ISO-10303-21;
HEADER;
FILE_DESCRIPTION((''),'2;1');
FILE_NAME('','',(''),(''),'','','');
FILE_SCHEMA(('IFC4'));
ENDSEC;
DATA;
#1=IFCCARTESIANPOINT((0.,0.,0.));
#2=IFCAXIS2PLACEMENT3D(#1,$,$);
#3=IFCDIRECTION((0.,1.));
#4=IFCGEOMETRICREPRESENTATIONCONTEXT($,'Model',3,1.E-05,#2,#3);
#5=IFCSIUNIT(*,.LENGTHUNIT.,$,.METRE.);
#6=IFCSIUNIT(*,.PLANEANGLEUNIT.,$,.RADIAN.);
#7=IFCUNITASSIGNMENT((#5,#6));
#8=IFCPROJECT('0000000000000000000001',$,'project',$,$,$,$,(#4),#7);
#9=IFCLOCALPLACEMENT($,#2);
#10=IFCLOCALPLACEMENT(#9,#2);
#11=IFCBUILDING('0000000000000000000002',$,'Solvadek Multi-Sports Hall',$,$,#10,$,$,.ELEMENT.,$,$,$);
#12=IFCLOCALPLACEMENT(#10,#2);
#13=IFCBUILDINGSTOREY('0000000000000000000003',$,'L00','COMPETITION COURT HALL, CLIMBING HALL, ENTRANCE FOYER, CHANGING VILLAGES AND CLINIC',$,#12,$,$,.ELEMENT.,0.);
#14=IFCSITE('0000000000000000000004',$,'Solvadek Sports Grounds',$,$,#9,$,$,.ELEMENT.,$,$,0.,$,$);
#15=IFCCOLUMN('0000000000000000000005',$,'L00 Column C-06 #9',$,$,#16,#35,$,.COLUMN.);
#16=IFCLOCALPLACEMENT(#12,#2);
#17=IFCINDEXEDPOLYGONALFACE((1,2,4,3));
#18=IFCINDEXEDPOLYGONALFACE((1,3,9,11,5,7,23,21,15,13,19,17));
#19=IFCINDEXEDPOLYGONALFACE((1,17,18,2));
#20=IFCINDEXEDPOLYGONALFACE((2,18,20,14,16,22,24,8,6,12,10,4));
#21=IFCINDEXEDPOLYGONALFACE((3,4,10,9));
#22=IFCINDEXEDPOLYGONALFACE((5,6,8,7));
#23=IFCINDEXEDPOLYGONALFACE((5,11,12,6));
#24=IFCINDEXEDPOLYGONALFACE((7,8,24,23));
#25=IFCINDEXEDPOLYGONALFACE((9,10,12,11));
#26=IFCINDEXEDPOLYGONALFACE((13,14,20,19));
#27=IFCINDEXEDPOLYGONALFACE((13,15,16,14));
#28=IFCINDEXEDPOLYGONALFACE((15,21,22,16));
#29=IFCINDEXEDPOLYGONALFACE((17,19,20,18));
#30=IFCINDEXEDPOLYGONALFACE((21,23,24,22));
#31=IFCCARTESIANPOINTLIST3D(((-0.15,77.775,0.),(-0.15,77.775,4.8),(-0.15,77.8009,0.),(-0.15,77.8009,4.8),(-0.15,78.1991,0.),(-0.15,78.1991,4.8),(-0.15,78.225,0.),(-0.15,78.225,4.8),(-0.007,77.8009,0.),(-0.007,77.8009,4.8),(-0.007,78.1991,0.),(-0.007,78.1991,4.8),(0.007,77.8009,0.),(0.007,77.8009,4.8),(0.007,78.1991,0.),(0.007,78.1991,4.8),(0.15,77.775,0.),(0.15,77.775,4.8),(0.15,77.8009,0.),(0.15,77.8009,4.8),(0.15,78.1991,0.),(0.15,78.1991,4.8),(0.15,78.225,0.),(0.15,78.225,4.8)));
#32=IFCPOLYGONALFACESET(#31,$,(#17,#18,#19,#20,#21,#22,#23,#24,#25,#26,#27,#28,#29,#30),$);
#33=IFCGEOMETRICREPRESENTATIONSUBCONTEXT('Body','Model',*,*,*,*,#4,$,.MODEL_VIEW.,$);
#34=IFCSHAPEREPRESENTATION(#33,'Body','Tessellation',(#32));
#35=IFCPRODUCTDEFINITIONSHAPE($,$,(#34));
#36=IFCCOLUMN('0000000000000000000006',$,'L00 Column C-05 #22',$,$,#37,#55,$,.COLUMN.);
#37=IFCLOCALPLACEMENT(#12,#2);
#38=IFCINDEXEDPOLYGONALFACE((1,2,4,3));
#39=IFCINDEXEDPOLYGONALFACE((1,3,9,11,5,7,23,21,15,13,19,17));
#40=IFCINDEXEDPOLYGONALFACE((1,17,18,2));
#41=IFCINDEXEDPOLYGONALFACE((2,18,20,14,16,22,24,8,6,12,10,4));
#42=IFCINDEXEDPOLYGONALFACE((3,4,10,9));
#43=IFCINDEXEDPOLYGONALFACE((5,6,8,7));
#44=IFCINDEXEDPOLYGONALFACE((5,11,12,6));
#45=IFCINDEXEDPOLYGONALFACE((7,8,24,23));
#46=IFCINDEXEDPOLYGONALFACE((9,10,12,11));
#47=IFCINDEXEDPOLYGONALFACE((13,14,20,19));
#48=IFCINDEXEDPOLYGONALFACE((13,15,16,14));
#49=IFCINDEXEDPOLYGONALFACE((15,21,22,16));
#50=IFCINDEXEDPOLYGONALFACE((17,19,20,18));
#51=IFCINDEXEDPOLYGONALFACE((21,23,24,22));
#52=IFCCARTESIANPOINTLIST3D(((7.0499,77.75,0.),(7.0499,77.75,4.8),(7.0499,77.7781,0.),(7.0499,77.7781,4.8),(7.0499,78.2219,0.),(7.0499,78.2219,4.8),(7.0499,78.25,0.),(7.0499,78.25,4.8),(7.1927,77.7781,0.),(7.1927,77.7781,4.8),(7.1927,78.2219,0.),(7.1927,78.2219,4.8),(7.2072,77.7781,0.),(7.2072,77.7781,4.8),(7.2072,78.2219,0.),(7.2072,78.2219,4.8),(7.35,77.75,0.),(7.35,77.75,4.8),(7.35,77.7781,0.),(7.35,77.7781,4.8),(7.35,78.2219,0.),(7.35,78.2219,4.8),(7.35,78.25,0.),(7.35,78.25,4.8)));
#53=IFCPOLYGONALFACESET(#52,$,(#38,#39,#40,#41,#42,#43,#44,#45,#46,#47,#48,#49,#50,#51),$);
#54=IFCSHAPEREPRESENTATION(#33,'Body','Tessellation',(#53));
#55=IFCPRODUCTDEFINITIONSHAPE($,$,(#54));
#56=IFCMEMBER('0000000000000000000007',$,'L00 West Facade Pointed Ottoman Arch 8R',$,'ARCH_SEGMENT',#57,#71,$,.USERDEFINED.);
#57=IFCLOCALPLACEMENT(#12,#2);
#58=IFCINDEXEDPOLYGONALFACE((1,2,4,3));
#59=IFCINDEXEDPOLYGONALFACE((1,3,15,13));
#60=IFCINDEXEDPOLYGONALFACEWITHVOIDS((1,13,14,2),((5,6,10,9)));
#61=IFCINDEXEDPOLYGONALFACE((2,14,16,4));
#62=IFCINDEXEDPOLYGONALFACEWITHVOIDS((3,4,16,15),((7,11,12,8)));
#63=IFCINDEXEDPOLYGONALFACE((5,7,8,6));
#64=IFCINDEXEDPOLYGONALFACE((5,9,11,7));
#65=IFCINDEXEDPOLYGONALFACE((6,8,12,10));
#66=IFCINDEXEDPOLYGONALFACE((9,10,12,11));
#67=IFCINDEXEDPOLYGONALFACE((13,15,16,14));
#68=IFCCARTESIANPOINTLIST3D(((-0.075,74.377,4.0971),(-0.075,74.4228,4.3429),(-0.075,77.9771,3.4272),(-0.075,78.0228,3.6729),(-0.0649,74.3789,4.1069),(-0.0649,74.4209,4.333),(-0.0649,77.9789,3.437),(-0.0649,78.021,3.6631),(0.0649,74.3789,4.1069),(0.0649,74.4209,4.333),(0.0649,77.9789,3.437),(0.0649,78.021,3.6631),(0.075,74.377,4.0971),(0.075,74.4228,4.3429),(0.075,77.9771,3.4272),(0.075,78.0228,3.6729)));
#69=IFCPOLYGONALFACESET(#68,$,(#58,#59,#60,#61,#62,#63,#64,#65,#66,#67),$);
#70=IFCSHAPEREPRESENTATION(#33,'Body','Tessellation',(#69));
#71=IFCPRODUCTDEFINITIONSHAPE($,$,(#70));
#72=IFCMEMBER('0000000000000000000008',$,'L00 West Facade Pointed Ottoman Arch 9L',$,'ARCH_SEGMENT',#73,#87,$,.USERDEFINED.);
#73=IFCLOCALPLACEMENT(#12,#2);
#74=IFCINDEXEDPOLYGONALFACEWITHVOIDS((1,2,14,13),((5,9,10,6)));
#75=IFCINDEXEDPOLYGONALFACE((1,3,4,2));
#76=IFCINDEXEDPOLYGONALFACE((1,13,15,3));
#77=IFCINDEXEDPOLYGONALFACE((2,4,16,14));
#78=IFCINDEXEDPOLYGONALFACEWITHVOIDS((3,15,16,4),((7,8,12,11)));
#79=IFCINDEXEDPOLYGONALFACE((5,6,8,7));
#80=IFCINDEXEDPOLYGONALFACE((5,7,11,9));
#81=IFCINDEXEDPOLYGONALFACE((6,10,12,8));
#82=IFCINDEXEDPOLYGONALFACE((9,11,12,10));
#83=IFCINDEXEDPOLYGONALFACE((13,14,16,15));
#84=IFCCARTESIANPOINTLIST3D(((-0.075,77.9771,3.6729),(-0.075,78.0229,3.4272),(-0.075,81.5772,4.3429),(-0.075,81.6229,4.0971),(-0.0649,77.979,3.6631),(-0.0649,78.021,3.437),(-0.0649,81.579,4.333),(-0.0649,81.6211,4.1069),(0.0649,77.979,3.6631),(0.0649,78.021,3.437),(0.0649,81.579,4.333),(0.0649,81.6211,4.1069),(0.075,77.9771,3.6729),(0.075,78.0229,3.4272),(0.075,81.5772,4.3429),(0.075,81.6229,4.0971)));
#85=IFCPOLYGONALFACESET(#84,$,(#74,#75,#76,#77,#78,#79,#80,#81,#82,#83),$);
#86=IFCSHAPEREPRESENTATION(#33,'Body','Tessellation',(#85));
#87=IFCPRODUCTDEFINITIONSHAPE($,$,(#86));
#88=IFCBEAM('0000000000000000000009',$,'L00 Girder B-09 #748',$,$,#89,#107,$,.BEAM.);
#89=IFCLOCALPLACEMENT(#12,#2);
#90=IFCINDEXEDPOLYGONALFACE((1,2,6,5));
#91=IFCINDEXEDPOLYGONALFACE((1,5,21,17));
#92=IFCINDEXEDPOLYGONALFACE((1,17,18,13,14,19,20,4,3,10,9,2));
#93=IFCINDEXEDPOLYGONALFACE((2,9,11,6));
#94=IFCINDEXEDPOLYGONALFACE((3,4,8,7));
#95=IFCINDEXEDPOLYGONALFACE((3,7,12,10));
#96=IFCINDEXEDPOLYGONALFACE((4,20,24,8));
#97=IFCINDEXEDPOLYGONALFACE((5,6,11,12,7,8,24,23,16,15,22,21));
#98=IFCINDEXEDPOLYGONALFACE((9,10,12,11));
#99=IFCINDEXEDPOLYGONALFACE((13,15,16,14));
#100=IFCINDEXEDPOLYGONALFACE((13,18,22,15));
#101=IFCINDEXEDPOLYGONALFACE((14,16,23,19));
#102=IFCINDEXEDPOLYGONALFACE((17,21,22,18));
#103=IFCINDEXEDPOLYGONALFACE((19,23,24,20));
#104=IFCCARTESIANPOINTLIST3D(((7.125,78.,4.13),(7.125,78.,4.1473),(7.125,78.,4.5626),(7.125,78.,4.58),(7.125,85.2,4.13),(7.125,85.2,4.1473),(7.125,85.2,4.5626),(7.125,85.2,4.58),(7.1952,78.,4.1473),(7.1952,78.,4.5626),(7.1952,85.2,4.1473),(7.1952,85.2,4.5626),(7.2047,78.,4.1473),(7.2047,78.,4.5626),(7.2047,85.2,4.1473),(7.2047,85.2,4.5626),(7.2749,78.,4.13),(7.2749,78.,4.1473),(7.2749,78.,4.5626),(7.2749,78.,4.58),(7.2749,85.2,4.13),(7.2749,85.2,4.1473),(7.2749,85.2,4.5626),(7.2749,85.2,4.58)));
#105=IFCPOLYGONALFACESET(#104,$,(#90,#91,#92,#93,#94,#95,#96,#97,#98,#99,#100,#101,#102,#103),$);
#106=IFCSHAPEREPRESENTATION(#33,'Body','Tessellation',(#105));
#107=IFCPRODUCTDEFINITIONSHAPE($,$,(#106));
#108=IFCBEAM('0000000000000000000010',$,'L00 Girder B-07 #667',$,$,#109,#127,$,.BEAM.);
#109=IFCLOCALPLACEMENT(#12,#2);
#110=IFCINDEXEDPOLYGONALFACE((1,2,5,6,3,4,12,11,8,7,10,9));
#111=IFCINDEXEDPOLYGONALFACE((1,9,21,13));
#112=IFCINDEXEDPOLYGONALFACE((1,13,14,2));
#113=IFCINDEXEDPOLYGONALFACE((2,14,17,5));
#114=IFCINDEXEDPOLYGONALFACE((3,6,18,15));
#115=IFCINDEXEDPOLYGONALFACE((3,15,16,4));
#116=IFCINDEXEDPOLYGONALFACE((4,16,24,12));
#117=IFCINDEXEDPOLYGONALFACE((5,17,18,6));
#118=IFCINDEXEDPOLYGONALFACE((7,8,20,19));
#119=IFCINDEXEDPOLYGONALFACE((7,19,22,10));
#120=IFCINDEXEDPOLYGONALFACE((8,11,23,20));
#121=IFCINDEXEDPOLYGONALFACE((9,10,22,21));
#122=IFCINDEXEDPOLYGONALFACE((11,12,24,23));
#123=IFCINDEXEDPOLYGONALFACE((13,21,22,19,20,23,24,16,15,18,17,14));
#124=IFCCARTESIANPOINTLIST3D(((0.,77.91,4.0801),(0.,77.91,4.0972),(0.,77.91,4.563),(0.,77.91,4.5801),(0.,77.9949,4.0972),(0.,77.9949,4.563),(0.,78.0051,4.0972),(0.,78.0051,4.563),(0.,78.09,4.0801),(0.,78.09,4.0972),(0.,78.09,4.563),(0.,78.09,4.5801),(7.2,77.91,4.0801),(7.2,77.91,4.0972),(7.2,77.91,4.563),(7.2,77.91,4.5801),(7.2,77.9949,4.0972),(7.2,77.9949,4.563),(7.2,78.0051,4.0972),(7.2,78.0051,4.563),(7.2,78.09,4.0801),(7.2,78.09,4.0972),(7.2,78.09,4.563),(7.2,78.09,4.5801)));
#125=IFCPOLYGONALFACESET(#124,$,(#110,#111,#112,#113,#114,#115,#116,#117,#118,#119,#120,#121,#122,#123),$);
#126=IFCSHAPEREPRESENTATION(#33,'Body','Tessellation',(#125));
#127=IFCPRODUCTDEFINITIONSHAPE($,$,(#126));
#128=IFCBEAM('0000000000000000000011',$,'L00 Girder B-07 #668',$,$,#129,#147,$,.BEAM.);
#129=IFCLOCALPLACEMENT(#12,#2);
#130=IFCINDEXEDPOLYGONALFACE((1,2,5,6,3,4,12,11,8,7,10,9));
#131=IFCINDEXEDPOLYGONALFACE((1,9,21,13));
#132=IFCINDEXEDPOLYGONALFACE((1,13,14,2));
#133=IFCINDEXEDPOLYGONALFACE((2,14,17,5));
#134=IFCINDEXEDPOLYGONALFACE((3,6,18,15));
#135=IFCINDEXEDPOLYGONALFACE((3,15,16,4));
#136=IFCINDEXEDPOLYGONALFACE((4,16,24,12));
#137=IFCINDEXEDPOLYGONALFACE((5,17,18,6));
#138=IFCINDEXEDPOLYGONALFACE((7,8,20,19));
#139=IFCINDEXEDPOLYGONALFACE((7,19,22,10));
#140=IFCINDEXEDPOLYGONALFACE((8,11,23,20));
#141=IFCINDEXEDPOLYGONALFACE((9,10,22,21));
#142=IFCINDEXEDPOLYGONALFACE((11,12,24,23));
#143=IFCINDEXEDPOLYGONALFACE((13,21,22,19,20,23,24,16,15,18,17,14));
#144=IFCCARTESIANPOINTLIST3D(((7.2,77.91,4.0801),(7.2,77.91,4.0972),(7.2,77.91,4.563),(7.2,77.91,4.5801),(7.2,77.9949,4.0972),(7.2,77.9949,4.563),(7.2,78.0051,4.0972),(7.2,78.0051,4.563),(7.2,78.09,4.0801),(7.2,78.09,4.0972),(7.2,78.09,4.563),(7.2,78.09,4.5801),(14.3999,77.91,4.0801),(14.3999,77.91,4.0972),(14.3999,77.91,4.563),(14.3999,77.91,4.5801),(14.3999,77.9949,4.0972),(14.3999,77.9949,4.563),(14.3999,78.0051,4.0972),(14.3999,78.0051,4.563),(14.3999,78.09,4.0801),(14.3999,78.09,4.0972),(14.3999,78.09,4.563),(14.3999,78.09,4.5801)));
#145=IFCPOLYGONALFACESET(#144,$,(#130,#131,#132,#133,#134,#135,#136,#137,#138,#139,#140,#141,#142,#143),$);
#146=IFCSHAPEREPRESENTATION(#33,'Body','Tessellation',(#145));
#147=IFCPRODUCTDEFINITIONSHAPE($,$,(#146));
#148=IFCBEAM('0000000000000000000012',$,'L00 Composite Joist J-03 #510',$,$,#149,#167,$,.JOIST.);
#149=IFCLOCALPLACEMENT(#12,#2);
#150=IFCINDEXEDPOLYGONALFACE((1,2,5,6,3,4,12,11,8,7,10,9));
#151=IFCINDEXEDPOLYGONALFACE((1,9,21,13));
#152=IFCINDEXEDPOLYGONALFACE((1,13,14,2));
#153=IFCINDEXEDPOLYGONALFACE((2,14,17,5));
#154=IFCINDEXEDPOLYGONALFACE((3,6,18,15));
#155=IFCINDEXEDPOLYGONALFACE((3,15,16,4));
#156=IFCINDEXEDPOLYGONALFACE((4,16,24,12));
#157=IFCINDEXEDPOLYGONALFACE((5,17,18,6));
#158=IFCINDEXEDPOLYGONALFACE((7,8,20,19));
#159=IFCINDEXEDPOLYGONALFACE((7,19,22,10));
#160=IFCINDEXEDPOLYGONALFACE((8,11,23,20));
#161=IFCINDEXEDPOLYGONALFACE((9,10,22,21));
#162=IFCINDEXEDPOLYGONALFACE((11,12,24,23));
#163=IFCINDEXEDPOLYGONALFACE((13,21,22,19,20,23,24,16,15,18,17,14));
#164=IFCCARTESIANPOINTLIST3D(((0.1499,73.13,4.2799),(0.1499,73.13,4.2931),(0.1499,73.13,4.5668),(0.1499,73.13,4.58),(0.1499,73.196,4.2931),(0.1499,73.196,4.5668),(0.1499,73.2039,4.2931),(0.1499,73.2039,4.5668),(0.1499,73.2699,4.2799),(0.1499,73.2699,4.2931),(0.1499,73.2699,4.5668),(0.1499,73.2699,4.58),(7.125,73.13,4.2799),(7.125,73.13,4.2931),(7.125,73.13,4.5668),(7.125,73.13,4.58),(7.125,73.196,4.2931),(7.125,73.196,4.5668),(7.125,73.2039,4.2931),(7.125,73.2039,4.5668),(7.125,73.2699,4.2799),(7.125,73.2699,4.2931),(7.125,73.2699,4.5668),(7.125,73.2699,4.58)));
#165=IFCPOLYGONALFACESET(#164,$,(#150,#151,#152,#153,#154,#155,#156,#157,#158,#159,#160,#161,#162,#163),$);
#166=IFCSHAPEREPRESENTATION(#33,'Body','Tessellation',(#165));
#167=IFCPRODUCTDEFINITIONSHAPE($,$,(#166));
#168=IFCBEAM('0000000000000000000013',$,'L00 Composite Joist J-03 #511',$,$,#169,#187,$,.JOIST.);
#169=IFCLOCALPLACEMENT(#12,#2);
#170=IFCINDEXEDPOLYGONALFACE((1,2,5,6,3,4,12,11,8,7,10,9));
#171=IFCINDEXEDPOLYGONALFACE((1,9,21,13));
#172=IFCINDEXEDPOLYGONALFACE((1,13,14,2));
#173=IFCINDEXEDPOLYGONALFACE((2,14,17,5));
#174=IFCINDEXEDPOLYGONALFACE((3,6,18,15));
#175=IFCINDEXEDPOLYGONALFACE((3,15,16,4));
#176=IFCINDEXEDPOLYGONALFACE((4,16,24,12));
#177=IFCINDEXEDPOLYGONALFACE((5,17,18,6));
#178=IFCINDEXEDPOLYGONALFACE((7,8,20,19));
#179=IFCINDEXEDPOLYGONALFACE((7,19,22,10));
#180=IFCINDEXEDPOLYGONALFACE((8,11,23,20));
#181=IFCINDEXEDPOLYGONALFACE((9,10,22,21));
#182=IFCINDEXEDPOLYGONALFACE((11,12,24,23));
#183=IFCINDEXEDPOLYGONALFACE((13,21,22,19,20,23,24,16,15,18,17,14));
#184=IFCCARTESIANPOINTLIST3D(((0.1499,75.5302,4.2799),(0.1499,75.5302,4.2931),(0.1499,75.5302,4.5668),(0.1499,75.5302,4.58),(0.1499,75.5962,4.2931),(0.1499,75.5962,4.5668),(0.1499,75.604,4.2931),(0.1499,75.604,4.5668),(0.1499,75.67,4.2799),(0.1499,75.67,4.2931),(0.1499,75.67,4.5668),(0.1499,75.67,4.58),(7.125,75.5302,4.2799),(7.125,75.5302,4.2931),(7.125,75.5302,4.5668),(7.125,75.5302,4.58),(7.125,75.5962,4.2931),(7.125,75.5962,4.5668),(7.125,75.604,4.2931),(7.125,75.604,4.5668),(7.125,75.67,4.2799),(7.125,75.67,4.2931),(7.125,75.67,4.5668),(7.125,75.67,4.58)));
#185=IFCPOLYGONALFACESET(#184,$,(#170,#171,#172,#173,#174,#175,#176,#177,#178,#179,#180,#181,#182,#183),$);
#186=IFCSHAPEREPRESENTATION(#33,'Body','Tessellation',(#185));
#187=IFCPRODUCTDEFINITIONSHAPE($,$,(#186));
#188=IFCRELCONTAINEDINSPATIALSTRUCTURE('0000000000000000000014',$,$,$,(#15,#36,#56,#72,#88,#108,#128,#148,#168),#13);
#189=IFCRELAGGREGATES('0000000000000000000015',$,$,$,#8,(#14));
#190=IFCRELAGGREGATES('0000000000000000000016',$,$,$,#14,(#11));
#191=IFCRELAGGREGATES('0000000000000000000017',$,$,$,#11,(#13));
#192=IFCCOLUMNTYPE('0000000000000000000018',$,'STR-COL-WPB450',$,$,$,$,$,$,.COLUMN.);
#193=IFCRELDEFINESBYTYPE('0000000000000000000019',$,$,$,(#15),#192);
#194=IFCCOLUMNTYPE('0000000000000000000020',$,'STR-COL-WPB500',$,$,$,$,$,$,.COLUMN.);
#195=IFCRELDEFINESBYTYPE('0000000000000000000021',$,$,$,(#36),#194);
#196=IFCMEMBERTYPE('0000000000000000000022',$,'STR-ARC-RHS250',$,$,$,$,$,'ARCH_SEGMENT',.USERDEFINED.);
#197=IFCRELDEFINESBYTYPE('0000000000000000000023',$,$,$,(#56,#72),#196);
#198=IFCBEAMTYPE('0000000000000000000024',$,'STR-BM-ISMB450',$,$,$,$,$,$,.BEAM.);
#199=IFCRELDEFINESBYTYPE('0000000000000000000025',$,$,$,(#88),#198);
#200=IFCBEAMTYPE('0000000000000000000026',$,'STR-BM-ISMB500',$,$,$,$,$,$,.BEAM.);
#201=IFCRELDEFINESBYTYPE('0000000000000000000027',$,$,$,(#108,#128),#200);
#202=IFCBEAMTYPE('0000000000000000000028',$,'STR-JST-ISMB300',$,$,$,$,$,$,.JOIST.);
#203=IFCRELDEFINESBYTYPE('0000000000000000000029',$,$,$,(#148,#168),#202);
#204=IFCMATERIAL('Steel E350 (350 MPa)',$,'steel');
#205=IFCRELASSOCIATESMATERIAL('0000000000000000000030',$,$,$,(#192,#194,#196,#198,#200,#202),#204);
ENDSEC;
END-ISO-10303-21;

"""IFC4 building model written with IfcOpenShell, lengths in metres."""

from ifc_helpers import new_model, si_unit, direction, frame, origin, origin_2d, place, context, subcontext, project, spatial, hollow_rectangle, i_section, extrude, material, material_profile, profile_set, type_object, element, save


model = new_model("IFC4")

# Units and contexts
model_context = context("Model", 3, precision=1e-05, world=origin(), true_north=direction((0.0, 1.0)))
body_context = subcontext(model_context, "Body", "Model", "MODEL_VIEW")
ifc_project = project(units=[si_unit("LENGTHUNIT", "METRE"), si_unit("PLANEANGLEUNIT", "RADIAN")], contexts=[model_context])

# Site, building, storey
site_placement = place(None, origin())
site = spatial("IfcSite", under=ifc_project, at=site_placement, Name="Solvadek Sports Grounds", CompositionType="ELEMENT", RefElevation=0.0)
building_placement = place(site_placement, origin())
building = spatial("IfcBuilding", under=site, at=building_placement, Name="Solvadek Multi-Sports Hall", CompositionType="ELEMENT")
storey_placement = place(building_placement, origin())
storey = spatial("IfcBuildingStorey", under=building, at=storey_placement, Name="L00", Description="COMPETITION COURT HALL, CLIMBING HALL, ENTRANCE FOYER, CHANGING VILLAGES AND CLINIC", CompositionType="ELEMENT", Elevation=0.0)

# Columns
ifc_material_1 = material(Name="Steel E350 (350 MPa)", Category="steel")
ifc_material_profile_1 = material_profile(ifc_material_1, i_section(OverallWidth=0.3, OverallDepth=0.45, WebThickness=0.0139, FlangeThickness=0.0259, at=origin_2d()), Name="WPB 450")
ifc_profile_set_1 = profile_set([ifc_material_profile_1], Name="Steel E350 (350 MPa)")
column_type_1 = type_object("IfcColumnType", Name="STR-COL-WPB450", PredefinedType="COLUMN", material=ifc_profile_set_1)
column_1_placement = place(storey_placement, frame((0.0, 78.0, 0.0), z_axis=(0.0, 0.0, 1.0), x_axis=(1.0, 0.0, 0.0)))
element("IfcColumn", 1, at=column_1_placement, inside=storey, type_object=column_type_1, Name="L00 Column C-06 #9", PredefinedType="COLUMN", context=body_context, shape_type="SweptSolid", body=[
    extrude(i_section(OverallWidth=0.3, OverallDepth=0.45, WebThickness=0.0139, FlangeThickness=0.0259, at=origin_2d()), origin(), (0.0, 0.0, 1.0), 4.8),
])
ifc_material_profile_2 = material_profile(ifc_material_1, i_section(OverallWidth=0.3, OverallDepth=0.5, WebThickness=0.0144, FlangeThickness=0.0281, at=origin_2d()), Name="WPB 500")
ifc_profile_set_2 = profile_set([ifc_material_profile_2], Name="Steel E350 (350 MPa)")
column_type_2 = type_object("IfcColumnType", Name="STR-COL-WPB500", PredefinedType="COLUMN", material=ifc_profile_set_2)
column_2_placement = place(storey_placement, frame((7.2, 78.0, 0.0), z_axis=(0.0, 0.0, 1.0), x_axis=(1.0, 0.0, 0.0)))
element("IfcColumn", 2, at=column_2_placement, inside=storey, type_object=column_type_2, Name="L00 Column C-05 #22", PredefinedType="COLUMN", context=body_context, shape_type="SweptSolid", body=[
    extrude(i_section(OverallWidth=0.3, OverallDepth=0.5, WebThickness=0.0144, FlangeThickness=0.0281, at=origin_2d()), origin(), (0.0, 0.0, 1.0), 4.8),
])

# Members
ifc_material_profile_3 = material_profile(ifc_material_1, hollow_rectangle(XDim=0.1499, YDim=0.25, WallThickness=0.01, at=origin_2d()), Name="RHS 250x150x10")
ifc_profile_set_3 = profile_set([ifc_material_profile_3], Name="Steel E350 (350 MPa)")
member_type = type_object("IfcMemberType", Name="STR-ARC-RHS250", ElementType="ARCH_SEGMENT", PredefinedType="USERDEFINED", material=ifc_profile_set_3)
for number, where, z_axis, x_axis, name in (
    (3, (0.0, 74.3999, 4.22), (0.0, 0.983123, -0.182944), (-1.0, 0.0, 0.0), "L00 West Facade Pointed Ottoman Arch 8R"),
    (4, (0.0, 78.0, 3.55), (0.0, 0.983123, 0.182944), (-1.0, 0.0, 0.0), "L00 West Facade Pointed Ottoman Arch 9L"),
):
    element("IfcMember", number, at=place(storey_placement, frame(where, z_axis=z_axis, x_axis=x_axis)), inside=storey, type_object=member_type, Name=name, ObjectType="ARCH_SEGMENT", PredefinedType="USERDEFINED", context=body_context, shape_type="SweptSolid", body=[
        extrude(hollow_rectangle(XDim=0.1499, YDim=0.25, WallThickness=0.01, at=origin_2d()), origin(), (0.0, 0.0, 1.0), 3.6619),
    ])

# Beams
ifc_material_profile_4 = material_profile(ifc_material_1, i_section(OverallWidth=0.1499, OverallDepth=0.45, WebThickness=0.0095, FlangeThickness=0.0173, at=origin_2d()), Name="ISMB 450")
ifc_profile_set_4 = profile_set([ifc_material_profile_4], Name="Steel E350 (350 MPa)")
beam_type_1 = type_object("IfcBeamType", Name="STR-BM-ISMB450", PredefinedType="BEAM", material=ifc_profile_set_4)
beam_1_placement = place(storey_placement, frame((7.2, 78.0, 4.355), z_axis=(0.0, 1.0, 0.0), x_axis=(-1.0, 0.0, 0.0)))
element("IfcBeam", 5, at=beam_1_placement, inside=storey, type_object=beam_type_1, Name="L00 Girder B-09 #748", PredefinedType="BEAM", context=body_context, shape_type="SweptSolid", body=[
    extrude(i_section(OverallWidth=0.1499, OverallDepth=0.45, WebThickness=0.0095, FlangeThickness=0.0173, at=origin_2d()), origin(), (0.0, 0.0, 1.0), 7.2),
])
ifc_material_profile_5 = material_profile(ifc_material_1, i_section(OverallWidth=0.1799, OverallDepth=0.5, WebThickness=0.0103, FlangeThickness=0.0171, at=origin_2d()), Name="ISMB 500")
ifc_profile_set_5 = profile_set([ifc_material_profile_5], Name="Steel E350 (350 MPa)")
beam_type_2 = type_object("IfcBeamType", Name="STR-BM-ISMB500", PredefinedType="BEAM", material=ifc_profile_set_5)
for number, where, z_axis, x_axis, name in (
    (6, (0.0, 78.0, 4.3301), (1.0, 0.0, 0.0), (0.0, 1.0, 0.0), "L00 Girder B-07 #667"),
    (7, (7.2, 78.0, 4.3301), (1.0, 0.0, 0.0), (0.0, 1.0, 0.0), "L00 Girder B-07 #668"),
):
    element("IfcBeam", number, at=place(storey_placement, frame(where, z_axis=z_axis, x_axis=x_axis)), inside=storey, type_object=beam_type_2, Name=name, PredefinedType="BEAM", context=body_context, shape_type="SweptSolid", body=[
        extrude(i_section(OverallWidth=0.1799, OverallDepth=0.5, WebThickness=0.0103, FlangeThickness=0.0171, at=origin_2d()), origin(), (0.0, 0.0, 1.0), 7.2),
    ])
ifc_material_profile_6 = material_profile(ifc_material_1, i_section(OverallWidth=0.1399, OverallDepth=0.3, WebThickness=0.0078, FlangeThickness=0.0132, at=origin_2d()), Name="ISMB 300")
ifc_profile_set_6 = profile_set([ifc_material_profile_6], Name="Steel E350 (350 MPa)")
beam_type_3 = type_object("IfcBeamType", Name="STR-JST-ISMB300", PredefinedType="JOIST", material=ifc_profile_set_6)
for number, where, z_axis, x_axis, name in (
    (8, (0.1499, 73.2, 4.4299), (1.0, 0.0, 0.0), (0.0, 1.0, 0.0), "L00 Composite Joist J-03 #510"),
    (9, (0.1499, 75.6001, 4.4299), (1.0, 0.0, 0.0), (0.0, 1.0, 0.0), "L00 Composite Joist J-03 #511"),
):
    element("IfcBeam", number, at=place(storey_placement, frame(where, z_axis=z_axis, x_axis=x_axis)), inside=storey, type_object=beam_type_3, Name=name, PredefinedType="JOIST", context=body_context, shape_type="SweptSolid", body=[
        extrude(i_section(OverallWidth=0.1399, OverallDepth=0.3, WebThickness=0.0078, FlangeThickness=0.0132, at=origin_2d()), origin(), (0.0, 0.0, 1.0), 6.9751),
    ])

save(model, "model.ifc")
